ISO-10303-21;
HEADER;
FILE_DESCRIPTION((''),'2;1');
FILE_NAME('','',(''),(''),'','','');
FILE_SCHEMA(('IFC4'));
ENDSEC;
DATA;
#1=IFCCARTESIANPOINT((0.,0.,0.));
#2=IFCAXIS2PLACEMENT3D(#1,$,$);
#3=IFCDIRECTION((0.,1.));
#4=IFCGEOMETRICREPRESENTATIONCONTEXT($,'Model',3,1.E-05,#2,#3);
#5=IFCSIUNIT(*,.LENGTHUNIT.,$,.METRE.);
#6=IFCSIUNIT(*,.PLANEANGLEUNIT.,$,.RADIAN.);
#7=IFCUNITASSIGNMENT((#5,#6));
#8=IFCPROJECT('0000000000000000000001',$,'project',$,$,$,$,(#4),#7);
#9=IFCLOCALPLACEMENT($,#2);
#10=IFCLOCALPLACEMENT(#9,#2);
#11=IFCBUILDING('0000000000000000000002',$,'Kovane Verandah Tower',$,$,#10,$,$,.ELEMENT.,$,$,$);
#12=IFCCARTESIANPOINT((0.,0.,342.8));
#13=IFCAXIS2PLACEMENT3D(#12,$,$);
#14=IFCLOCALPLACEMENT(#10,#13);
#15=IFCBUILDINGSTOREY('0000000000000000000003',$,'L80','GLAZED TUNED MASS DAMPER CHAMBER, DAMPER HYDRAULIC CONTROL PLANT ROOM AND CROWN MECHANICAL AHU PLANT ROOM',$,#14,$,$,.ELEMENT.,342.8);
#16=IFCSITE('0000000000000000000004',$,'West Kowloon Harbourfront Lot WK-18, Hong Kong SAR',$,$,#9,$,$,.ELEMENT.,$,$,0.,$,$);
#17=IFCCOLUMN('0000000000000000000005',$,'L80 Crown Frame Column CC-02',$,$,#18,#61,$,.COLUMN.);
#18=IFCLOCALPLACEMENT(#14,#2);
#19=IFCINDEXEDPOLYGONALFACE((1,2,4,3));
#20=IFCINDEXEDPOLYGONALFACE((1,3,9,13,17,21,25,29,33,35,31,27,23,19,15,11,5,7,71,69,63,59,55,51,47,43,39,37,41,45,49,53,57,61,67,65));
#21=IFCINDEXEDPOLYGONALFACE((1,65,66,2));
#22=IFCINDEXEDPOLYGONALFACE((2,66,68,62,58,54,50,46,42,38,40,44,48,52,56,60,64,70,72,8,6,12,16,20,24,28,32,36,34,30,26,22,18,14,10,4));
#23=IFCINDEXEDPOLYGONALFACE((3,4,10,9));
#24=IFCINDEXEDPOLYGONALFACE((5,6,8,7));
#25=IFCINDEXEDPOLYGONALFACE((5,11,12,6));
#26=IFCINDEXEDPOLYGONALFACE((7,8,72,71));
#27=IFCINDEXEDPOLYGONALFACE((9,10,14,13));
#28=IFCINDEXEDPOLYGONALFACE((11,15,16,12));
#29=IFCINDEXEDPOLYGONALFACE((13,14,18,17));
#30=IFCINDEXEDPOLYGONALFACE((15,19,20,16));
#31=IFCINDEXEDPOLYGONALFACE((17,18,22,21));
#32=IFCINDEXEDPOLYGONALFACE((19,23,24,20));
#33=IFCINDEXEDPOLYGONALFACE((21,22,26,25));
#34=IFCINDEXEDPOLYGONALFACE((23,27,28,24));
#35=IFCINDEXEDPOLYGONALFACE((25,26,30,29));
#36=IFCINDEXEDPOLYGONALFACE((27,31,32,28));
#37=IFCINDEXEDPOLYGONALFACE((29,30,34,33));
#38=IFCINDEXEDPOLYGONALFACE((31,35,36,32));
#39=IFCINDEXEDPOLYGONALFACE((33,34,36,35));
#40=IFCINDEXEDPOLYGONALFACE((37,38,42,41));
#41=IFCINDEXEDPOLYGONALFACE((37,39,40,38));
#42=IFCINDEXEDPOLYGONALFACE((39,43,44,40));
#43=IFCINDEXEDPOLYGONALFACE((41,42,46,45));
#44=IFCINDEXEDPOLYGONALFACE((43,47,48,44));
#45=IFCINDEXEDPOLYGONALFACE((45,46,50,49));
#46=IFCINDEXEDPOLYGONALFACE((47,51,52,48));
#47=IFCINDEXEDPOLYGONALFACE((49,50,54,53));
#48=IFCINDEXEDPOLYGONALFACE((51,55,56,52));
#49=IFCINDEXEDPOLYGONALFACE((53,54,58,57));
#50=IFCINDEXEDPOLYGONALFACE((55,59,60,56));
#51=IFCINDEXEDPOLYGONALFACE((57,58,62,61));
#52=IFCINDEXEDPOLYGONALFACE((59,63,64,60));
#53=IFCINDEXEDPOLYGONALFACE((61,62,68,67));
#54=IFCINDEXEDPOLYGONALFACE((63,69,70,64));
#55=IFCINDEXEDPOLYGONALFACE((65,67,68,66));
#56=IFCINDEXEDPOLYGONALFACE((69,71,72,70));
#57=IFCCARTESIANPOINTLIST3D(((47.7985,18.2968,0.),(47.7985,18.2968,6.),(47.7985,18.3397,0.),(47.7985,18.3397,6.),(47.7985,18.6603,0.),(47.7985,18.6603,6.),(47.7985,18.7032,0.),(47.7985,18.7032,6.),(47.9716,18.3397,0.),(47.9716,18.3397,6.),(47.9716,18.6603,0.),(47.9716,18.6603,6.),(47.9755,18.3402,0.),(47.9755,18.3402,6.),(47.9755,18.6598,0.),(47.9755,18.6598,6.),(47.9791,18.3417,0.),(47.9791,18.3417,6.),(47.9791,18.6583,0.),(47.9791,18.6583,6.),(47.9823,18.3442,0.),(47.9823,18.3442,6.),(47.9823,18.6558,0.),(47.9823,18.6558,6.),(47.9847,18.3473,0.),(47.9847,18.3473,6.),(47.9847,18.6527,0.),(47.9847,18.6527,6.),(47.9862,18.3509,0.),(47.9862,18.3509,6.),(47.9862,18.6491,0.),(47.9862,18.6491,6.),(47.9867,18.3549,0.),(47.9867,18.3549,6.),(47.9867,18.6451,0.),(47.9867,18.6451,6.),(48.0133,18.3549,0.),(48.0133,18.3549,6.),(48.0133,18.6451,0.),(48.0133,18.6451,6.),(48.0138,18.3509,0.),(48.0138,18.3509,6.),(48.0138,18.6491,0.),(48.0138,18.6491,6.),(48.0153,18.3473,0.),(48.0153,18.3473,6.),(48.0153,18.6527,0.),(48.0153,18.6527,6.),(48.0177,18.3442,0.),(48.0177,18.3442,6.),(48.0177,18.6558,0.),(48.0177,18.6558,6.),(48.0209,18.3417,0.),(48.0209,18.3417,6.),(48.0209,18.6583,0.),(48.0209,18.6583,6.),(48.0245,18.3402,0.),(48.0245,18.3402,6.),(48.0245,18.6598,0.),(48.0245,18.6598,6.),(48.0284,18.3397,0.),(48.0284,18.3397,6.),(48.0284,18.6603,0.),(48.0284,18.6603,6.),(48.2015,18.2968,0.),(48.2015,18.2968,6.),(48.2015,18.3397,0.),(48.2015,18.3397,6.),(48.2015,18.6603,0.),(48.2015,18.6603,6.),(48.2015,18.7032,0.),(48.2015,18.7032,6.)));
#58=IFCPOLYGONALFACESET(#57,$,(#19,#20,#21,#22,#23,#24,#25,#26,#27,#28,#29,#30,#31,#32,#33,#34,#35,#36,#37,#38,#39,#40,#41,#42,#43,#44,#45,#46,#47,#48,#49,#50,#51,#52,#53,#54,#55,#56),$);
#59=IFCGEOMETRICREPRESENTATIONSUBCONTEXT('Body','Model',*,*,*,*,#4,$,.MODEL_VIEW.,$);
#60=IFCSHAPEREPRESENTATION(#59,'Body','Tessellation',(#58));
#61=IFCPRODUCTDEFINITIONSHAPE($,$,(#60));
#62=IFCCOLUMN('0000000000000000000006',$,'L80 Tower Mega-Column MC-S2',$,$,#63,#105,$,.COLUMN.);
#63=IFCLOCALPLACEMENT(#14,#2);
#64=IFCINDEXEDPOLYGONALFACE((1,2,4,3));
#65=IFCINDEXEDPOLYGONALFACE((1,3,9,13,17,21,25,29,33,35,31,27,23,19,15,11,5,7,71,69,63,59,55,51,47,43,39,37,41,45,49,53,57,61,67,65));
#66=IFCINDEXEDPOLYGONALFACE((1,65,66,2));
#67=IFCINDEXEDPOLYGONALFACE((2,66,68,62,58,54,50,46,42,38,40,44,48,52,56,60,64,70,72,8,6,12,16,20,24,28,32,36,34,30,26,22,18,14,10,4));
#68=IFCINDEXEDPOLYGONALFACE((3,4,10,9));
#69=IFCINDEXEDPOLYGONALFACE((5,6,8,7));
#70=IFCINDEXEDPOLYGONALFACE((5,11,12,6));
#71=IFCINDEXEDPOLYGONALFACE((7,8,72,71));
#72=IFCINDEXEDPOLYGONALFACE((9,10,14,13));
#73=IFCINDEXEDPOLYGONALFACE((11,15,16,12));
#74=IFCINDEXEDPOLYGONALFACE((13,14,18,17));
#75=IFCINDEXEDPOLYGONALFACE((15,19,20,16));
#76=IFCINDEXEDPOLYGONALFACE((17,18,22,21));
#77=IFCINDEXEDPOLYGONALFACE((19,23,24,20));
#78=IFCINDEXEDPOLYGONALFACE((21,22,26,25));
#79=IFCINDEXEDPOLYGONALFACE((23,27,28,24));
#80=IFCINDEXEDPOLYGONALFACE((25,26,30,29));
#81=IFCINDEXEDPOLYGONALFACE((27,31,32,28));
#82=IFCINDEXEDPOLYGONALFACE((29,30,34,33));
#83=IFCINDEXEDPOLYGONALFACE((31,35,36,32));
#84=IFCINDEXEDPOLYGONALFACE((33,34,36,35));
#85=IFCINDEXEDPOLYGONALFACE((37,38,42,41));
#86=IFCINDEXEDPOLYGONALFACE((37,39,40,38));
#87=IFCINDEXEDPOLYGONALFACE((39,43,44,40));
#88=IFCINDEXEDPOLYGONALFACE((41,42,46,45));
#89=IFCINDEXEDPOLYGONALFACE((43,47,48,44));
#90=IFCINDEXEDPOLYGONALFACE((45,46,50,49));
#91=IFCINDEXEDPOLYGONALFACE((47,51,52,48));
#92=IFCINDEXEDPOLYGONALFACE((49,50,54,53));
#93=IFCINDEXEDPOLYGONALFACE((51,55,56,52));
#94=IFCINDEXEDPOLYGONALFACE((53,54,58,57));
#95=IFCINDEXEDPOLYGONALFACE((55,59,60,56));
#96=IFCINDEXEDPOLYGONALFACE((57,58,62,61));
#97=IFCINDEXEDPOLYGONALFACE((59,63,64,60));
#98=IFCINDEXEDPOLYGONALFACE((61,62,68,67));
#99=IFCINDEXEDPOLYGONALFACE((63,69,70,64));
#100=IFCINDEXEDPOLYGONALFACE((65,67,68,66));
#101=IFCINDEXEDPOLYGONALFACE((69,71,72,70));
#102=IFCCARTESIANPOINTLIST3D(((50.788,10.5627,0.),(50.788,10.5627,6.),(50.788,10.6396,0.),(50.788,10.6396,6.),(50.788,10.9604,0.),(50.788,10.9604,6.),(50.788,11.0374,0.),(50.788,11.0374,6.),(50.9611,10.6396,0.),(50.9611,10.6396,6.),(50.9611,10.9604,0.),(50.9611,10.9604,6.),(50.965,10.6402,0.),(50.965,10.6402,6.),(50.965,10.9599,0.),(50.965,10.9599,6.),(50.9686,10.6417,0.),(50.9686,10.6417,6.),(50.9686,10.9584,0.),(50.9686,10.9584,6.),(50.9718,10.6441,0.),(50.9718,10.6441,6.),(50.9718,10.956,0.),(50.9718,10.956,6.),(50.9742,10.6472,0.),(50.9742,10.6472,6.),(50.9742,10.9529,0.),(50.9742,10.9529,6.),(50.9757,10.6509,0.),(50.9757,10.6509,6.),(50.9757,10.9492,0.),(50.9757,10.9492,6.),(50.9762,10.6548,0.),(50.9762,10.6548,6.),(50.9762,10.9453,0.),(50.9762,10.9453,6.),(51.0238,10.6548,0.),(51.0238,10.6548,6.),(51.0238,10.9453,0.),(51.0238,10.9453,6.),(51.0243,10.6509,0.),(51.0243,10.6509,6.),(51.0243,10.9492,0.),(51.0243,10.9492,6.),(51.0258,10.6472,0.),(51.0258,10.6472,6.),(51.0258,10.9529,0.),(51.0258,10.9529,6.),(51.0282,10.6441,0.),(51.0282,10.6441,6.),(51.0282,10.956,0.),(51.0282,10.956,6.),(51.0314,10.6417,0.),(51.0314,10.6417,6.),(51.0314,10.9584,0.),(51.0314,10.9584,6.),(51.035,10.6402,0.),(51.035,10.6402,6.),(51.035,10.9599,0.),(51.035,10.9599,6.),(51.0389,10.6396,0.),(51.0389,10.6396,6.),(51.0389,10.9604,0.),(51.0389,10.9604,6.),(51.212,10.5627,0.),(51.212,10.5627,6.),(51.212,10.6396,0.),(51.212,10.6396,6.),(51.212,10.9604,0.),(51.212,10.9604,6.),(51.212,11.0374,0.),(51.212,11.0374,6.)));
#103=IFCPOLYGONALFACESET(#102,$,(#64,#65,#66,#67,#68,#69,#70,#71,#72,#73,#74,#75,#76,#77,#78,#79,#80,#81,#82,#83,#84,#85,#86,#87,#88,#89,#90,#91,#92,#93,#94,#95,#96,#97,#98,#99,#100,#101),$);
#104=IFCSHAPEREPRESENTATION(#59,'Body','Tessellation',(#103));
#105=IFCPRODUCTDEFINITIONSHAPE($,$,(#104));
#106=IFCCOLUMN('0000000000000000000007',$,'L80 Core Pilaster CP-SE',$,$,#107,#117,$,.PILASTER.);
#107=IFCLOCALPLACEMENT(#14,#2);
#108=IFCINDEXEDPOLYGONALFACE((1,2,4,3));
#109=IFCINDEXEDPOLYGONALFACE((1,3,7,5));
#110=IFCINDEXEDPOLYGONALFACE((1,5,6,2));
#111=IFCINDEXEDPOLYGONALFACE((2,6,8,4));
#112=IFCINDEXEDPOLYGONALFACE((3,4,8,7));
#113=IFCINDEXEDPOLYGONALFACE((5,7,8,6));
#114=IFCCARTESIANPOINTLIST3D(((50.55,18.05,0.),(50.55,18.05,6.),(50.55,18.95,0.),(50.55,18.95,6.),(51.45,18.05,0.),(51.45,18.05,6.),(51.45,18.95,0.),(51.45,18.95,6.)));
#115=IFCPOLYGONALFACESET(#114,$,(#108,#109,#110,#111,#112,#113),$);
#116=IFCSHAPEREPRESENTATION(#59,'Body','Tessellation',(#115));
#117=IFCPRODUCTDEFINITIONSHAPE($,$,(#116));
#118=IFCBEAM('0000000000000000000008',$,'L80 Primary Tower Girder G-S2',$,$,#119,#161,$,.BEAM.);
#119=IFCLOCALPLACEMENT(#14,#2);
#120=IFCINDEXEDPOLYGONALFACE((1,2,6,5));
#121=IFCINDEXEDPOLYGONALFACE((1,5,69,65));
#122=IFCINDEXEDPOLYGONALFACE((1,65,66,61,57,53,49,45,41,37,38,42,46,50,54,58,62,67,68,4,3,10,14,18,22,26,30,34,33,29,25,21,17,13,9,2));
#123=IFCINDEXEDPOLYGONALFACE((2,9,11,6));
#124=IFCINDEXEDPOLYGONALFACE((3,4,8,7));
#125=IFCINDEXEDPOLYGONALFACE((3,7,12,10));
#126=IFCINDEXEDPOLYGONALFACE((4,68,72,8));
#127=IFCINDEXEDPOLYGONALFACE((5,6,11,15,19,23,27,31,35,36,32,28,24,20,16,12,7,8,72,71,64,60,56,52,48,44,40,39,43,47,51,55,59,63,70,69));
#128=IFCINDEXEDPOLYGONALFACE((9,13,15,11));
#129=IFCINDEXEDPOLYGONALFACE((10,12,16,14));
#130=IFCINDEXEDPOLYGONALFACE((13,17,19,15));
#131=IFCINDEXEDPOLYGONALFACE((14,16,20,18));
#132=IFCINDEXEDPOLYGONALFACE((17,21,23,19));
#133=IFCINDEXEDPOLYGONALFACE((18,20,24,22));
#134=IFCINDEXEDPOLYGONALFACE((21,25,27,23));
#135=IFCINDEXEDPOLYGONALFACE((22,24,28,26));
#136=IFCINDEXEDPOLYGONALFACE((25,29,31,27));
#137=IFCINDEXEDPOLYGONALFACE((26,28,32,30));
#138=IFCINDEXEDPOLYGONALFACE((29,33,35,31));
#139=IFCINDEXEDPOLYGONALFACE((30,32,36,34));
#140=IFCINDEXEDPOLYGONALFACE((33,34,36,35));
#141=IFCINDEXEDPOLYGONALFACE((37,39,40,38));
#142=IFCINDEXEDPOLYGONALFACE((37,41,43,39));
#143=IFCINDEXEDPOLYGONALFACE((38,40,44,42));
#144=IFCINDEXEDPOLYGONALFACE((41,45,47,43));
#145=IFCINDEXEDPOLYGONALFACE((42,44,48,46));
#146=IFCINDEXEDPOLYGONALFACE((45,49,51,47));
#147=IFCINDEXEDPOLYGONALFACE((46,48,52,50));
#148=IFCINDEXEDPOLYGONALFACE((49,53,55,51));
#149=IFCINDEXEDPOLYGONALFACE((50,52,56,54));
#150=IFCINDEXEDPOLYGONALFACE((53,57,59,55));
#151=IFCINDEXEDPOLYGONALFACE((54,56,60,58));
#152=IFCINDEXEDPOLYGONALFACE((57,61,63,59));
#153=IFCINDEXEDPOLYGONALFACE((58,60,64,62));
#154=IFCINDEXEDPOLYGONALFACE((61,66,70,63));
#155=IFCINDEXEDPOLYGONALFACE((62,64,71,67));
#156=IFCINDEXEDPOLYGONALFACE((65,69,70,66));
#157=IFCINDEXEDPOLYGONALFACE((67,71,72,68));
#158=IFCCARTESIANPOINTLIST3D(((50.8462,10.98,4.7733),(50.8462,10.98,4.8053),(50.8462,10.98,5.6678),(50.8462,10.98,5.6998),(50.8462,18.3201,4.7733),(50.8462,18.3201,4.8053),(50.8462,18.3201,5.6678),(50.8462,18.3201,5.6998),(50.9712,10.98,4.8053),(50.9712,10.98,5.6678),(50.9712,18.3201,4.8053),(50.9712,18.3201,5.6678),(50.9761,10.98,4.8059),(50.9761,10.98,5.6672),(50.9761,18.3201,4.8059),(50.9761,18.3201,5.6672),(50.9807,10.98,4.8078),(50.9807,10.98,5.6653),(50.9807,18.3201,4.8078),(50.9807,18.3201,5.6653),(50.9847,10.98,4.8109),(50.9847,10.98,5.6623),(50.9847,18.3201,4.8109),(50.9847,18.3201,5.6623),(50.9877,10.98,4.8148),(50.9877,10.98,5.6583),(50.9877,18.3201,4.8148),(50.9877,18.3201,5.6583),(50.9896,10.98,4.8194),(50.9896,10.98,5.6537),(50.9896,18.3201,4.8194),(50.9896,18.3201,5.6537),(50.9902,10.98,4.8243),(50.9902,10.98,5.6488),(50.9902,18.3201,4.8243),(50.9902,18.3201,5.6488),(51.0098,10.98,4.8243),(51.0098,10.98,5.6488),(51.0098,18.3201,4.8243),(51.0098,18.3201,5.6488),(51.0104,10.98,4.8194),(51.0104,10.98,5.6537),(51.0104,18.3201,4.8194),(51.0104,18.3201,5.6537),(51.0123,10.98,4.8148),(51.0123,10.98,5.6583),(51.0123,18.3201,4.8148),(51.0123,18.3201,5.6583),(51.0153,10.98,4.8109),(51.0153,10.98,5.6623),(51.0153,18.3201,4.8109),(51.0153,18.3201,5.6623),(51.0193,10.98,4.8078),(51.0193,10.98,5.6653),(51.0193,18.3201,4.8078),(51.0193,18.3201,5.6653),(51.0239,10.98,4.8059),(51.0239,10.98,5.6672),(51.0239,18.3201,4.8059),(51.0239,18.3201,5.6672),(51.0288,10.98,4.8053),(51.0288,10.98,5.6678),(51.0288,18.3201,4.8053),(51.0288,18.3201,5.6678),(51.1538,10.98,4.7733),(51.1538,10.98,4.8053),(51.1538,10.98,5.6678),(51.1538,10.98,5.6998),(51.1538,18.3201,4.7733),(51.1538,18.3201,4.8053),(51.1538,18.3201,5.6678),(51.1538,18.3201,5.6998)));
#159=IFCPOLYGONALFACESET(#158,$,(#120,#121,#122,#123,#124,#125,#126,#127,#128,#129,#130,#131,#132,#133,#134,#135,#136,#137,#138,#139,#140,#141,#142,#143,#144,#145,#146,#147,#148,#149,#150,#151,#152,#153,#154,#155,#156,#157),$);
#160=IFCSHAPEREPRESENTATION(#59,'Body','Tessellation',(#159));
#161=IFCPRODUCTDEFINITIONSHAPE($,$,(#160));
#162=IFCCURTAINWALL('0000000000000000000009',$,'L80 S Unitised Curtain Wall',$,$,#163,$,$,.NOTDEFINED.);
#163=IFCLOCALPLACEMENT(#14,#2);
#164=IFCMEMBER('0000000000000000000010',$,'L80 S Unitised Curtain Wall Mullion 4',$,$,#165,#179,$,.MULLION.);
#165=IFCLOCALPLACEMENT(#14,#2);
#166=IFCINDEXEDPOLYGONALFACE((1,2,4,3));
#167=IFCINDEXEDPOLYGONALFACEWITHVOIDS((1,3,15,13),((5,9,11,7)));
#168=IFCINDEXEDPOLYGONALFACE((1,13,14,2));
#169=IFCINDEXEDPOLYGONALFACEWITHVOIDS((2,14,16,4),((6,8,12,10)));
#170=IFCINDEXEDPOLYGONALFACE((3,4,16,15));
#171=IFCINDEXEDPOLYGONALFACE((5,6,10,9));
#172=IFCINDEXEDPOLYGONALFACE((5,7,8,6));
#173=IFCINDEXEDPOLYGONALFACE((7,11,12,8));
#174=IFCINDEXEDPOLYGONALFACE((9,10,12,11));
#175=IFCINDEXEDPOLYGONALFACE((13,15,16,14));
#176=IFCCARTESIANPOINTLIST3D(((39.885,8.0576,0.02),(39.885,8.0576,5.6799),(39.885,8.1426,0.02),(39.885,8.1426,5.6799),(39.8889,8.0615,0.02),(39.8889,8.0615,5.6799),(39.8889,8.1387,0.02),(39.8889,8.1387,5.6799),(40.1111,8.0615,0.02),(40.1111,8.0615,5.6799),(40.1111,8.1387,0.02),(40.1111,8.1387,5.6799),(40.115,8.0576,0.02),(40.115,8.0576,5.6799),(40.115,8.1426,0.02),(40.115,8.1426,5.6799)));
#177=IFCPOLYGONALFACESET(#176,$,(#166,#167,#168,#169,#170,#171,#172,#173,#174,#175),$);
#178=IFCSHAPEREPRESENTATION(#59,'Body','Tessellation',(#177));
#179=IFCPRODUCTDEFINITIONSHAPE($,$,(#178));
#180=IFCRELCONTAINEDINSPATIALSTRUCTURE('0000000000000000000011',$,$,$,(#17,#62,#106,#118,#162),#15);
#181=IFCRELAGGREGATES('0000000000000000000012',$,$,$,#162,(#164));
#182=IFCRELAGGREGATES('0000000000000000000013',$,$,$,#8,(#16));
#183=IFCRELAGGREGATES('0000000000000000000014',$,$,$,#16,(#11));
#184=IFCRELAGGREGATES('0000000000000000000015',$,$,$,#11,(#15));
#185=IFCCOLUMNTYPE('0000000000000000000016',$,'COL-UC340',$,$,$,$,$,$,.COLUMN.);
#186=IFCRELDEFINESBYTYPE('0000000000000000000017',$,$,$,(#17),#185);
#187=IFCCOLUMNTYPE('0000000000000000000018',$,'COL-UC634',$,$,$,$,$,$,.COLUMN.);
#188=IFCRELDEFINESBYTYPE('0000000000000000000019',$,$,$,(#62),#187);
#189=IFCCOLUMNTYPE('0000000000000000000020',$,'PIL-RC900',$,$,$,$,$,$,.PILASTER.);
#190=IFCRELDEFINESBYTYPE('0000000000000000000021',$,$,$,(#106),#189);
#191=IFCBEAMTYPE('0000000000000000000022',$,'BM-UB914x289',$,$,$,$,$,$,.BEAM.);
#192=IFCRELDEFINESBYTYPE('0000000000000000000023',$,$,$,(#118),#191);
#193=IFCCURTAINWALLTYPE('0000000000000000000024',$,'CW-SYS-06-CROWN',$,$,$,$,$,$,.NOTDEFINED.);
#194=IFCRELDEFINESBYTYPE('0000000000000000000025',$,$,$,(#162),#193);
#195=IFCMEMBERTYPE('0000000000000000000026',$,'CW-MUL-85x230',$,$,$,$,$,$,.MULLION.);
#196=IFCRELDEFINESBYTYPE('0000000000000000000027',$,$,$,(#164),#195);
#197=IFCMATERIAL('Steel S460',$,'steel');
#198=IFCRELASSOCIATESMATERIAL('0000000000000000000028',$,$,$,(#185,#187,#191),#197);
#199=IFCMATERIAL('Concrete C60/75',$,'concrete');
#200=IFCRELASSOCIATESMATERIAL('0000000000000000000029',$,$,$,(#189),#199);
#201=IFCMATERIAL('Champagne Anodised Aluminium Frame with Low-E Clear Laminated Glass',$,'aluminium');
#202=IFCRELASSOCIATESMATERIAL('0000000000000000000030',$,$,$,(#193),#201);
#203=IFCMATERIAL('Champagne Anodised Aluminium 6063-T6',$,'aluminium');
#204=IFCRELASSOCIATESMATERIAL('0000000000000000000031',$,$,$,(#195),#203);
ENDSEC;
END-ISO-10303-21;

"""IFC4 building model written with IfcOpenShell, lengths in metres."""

from ifc_helpers import new_model, si_unit, direction, frame, origin, origin_2d, place, context, subcontext, project, spatial, rectangle, hollow_rectangle, i_section, extrude, material, material_profile, profile_set, type_object, element, aggregate, save


model = new_model("IFC4")

# Units and contexts
model_context = context("Model", 3, precision=1e-05, world=origin(), true_north=direction((0.0, 1.0)))
body_context = subcontext(model_context, "Body", "Model", "MODEL_VIEW")
ifc_project = project(units=[si_unit("LENGTHUNIT", "METRE"), si_unit("PLANEANGLEUNIT", "RADIAN")], contexts=[model_context])

# Site, building, storey
site_placement = place(None, origin())
site = spatial("IfcSite", under=ifc_project, at=site_placement, Name="West Kowloon Harbourfront Lot WK-18, Hong Kong SAR", CompositionType="ELEMENT", RefElevation=0.0)
building_placement = place(site_placement, origin())
building = spatial("IfcBuilding", under=site, at=building_placement, Name="Kovane Verandah Tower", CompositionType="ELEMENT")
storey_placement = place(building_placement, frame((0.0, 0.0, 342.8)))
storey = spatial("IfcBuildingStorey", under=building, at=storey_placement, Name="L80", Description="GLAZED TUNED MASS DAMPER CHAMBER, DAMPER HYDRAULIC CONTROL PLANT ROOM AND CROWN MECHANICAL AHU PLANT ROOM", CompositionType="ELEMENT", Elevation=342.8)

# Columns
ifc_material_1 = material(Name="Steel S460", Category="steel")
ifc_material_profile_1 = material_profile(ifc_material_1, i_section(OverallWidth=0.4031, OverallDepth=0.4065, WebThickness=0.0266, FlangeThickness=0.043, FilletRadius=0.0151, at=origin_2d()), Name="UC356x406x340")
ifc_profile_set_1 = profile_set([ifc_material_profile_1], Name="Steel S460")
column_type_1 = type_object("IfcColumnType", Name="COL-UC340", PredefinedType="COLUMN", material=ifc_profile_set_1)
column_1_placement = place(storey_placement, frame((48.0, 18.5, 0.0), z_axis=(0.0, 0.0, 1.0), x_axis=(1.0, 0.0, 0.0)))
element("IfcColumn", 1, at=column_1_placement, inside=storey, type_object=column_type_1, Name="L80 Crown Frame Column CC-02", PredefinedType="COLUMN", context=body_context, shape_type="SweptSolid", body=[
    extrude(i_section(OverallWidth=0.4031, OverallDepth=0.4065, WebThickness=0.0266, FlangeThickness=0.043, FilletRadius=0.0151, at=origin_2d()), origin(), (0.0, 0.0, 1.0), 6.0),
])
ifc_material_profile_2 = material_profile(ifc_material_1, i_section(OverallWidth=0.4241, OverallDepth=0.4746, WebThickness=0.0476, FlangeThickness=0.0769, FilletRadius=0.0151, at=origin_2d()), Name="UC356x406x634")
ifc_profile_set_2 = profile_set([ifc_material_profile_2], Name="Steel S460")
column_type_2 = type_object("IfcColumnType", Name="COL-UC634", PredefinedType="COLUMN", material=ifc_profile_set_2)
column_2_placement = place(storey_placement, frame((51.0, 10.8, 0.0), z_axis=(0.0, 0.0, 1.0), x_axis=(1.0, 0.0, 0.0)))
element("IfcColumn", 2, at=column_2_placement, inside=storey, type_object=column_type_2, Name="L80 Tower Mega-Column MC-S2", PredefinedType="COLUMN", context=body_context, shape_type="SweptSolid", body=[
    extrude(i_section(OverallWidth=0.4241, OverallDepth=0.4746, WebThickness=0.0476, FlangeThickness=0.0769, FilletRadius=0.0151, at=origin_2d()), origin(), (0.0, 0.0, 1.0), 6.0),
])
ifc_material_2 = material(Name="Concrete C60/75", Category="concrete")
ifc_material_profile_3 = material_profile(ifc_material_2, rectangle(XDim=0.8999, YDim=0.8999, at=origin_2d()), Name="RC900x900")
ifc_profile_set_3 = profile_set([ifc_material_profile_3], Name="Concrete C60/75")
column_type_3 = type_object("IfcColumnType", Name="PIL-RC900", PredefinedType="PILASTER", material=ifc_profile_set_3)
column_3_placement = place(storey_placement, frame((51.0, 18.5, 0.0), z_axis=(0.0, 0.0, 1.0), x_axis=(1.0, 0.0, 0.0)))
element("IfcColumn", 3, at=column_3_placement, inside=storey, type_object=column_type_3, Name="L80 Core Pilaster CP-SE", PredefinedType="PILASTER", context=body_context, shape_type="SweptSolid", body=[
    extrude(rectangle(XDim=0.8999, YDim=0.8999, at=origin_2d()), origin(), (0.0, 0.0, 1.0), 6.0),
])

# Beam
ifc_material_profile_4 = material_profile(ifc_material_1, i_section(OverallWidth=0.3076, OverallDepth=0.9265, WebThickness=0.0195, FlangeThickness=0.032, FilletRadius=0.019, at=origin_2d()), Name="UB914x305x289")
ifc_profile_set_4 = profile_set([ifc_material_profile_4], Name="Steel S460")
beam_type = type_object("IfcBeamType", Name="BM-UB914x289", PredefinedType="BEAM", material=ifc_profile_set_4)
beam_placement = place(storey_placement, frame((51.0, 18.3201, 5.2366), z_axis=(0.0, -1.0, 0.0), x_axis=(1.0, 0.0, 0.0)))
element("IfcBeam", 4, at=beam_placement, inside=storey, type_object=beam_type, Name="L80 Primary Tower Girder G-S2", PredefinedType="BEAM", context=body_context, shape_type="SweptSolid", body=[
    extrude(i_section(OverallWidth=0.3076, OverallDepth=0.9265, WebThickness=0.0195, FlangeThickness=0.032, FilletRadius=0.019, at=origin_2d()), origin(), (0.0, 0.0, 1.0), 7.3401),
])

# Curtain wall, member
ifc_material_3 = material(Name="Champagne Anodised Aluminium Frame with Low-E Clear Laminated Glass", Category="aluminium")
curtain_wall_type = type_object("IfcCurtainWallType", Name="CW-SYS-06-CROWN", PredefinedType="NOTDEFINED", material=ifc_material_3)
curtain_wall_placement = place(storey_placement, origin())
curtain_wall = element("IfcCurtainWall", 5, at=curtain_wall_placement, inside=storey, type_object=curtain_wall_type, Name="L80 S Unitised Curtain Wall", PredefinedType="NOTDEFINED")
ifc_material_4 = material(Name="Champagne Anodised Aluminium 6063-T6", Category="aluminium")
ifc_material_profile_5 = material_profile(ifc_material_4, hollow_rectangle(XDim=0.085, YDim=0.23, WallThickness=0.0039, at=origin_2d()), Name="AL85x230x4")
ifc_profile_set_5 = profile_set([ifc_material_profile_5], Name="Champagne Anodised Aluminium 6063-T6")
member_type_1 = type_object("IfcMemberType", Name="CW-MUL-85x230", PredefinedType="MULLION", material=ifc_profile_set_5)
member_1_placement = place(storey_placement, frame((40.0, 8.1001, 0.02), z_axis=(0.0, 0.0, 1.0), x_axis=(0.0, -1.0, 0.0)))
member_1 = element("IfcMember", 6, at=member_1_placement, type_object=member_type_1, Name="L80 S Unitised Curtain Wall Mullion 4", PredefinedType="MULLION", context=body_context, shape_type="SweptSolid", body=[
    extrude(hollow_rectangle(XDim=0.085, YDim=0.23, WallThickness=0.0039, at=origin_2d()), origin(), (0.0, 0.0, 1.0), 5.6599),
])
aggregate(curtain_wall, [member_1])

save(model, "model.ifc")
